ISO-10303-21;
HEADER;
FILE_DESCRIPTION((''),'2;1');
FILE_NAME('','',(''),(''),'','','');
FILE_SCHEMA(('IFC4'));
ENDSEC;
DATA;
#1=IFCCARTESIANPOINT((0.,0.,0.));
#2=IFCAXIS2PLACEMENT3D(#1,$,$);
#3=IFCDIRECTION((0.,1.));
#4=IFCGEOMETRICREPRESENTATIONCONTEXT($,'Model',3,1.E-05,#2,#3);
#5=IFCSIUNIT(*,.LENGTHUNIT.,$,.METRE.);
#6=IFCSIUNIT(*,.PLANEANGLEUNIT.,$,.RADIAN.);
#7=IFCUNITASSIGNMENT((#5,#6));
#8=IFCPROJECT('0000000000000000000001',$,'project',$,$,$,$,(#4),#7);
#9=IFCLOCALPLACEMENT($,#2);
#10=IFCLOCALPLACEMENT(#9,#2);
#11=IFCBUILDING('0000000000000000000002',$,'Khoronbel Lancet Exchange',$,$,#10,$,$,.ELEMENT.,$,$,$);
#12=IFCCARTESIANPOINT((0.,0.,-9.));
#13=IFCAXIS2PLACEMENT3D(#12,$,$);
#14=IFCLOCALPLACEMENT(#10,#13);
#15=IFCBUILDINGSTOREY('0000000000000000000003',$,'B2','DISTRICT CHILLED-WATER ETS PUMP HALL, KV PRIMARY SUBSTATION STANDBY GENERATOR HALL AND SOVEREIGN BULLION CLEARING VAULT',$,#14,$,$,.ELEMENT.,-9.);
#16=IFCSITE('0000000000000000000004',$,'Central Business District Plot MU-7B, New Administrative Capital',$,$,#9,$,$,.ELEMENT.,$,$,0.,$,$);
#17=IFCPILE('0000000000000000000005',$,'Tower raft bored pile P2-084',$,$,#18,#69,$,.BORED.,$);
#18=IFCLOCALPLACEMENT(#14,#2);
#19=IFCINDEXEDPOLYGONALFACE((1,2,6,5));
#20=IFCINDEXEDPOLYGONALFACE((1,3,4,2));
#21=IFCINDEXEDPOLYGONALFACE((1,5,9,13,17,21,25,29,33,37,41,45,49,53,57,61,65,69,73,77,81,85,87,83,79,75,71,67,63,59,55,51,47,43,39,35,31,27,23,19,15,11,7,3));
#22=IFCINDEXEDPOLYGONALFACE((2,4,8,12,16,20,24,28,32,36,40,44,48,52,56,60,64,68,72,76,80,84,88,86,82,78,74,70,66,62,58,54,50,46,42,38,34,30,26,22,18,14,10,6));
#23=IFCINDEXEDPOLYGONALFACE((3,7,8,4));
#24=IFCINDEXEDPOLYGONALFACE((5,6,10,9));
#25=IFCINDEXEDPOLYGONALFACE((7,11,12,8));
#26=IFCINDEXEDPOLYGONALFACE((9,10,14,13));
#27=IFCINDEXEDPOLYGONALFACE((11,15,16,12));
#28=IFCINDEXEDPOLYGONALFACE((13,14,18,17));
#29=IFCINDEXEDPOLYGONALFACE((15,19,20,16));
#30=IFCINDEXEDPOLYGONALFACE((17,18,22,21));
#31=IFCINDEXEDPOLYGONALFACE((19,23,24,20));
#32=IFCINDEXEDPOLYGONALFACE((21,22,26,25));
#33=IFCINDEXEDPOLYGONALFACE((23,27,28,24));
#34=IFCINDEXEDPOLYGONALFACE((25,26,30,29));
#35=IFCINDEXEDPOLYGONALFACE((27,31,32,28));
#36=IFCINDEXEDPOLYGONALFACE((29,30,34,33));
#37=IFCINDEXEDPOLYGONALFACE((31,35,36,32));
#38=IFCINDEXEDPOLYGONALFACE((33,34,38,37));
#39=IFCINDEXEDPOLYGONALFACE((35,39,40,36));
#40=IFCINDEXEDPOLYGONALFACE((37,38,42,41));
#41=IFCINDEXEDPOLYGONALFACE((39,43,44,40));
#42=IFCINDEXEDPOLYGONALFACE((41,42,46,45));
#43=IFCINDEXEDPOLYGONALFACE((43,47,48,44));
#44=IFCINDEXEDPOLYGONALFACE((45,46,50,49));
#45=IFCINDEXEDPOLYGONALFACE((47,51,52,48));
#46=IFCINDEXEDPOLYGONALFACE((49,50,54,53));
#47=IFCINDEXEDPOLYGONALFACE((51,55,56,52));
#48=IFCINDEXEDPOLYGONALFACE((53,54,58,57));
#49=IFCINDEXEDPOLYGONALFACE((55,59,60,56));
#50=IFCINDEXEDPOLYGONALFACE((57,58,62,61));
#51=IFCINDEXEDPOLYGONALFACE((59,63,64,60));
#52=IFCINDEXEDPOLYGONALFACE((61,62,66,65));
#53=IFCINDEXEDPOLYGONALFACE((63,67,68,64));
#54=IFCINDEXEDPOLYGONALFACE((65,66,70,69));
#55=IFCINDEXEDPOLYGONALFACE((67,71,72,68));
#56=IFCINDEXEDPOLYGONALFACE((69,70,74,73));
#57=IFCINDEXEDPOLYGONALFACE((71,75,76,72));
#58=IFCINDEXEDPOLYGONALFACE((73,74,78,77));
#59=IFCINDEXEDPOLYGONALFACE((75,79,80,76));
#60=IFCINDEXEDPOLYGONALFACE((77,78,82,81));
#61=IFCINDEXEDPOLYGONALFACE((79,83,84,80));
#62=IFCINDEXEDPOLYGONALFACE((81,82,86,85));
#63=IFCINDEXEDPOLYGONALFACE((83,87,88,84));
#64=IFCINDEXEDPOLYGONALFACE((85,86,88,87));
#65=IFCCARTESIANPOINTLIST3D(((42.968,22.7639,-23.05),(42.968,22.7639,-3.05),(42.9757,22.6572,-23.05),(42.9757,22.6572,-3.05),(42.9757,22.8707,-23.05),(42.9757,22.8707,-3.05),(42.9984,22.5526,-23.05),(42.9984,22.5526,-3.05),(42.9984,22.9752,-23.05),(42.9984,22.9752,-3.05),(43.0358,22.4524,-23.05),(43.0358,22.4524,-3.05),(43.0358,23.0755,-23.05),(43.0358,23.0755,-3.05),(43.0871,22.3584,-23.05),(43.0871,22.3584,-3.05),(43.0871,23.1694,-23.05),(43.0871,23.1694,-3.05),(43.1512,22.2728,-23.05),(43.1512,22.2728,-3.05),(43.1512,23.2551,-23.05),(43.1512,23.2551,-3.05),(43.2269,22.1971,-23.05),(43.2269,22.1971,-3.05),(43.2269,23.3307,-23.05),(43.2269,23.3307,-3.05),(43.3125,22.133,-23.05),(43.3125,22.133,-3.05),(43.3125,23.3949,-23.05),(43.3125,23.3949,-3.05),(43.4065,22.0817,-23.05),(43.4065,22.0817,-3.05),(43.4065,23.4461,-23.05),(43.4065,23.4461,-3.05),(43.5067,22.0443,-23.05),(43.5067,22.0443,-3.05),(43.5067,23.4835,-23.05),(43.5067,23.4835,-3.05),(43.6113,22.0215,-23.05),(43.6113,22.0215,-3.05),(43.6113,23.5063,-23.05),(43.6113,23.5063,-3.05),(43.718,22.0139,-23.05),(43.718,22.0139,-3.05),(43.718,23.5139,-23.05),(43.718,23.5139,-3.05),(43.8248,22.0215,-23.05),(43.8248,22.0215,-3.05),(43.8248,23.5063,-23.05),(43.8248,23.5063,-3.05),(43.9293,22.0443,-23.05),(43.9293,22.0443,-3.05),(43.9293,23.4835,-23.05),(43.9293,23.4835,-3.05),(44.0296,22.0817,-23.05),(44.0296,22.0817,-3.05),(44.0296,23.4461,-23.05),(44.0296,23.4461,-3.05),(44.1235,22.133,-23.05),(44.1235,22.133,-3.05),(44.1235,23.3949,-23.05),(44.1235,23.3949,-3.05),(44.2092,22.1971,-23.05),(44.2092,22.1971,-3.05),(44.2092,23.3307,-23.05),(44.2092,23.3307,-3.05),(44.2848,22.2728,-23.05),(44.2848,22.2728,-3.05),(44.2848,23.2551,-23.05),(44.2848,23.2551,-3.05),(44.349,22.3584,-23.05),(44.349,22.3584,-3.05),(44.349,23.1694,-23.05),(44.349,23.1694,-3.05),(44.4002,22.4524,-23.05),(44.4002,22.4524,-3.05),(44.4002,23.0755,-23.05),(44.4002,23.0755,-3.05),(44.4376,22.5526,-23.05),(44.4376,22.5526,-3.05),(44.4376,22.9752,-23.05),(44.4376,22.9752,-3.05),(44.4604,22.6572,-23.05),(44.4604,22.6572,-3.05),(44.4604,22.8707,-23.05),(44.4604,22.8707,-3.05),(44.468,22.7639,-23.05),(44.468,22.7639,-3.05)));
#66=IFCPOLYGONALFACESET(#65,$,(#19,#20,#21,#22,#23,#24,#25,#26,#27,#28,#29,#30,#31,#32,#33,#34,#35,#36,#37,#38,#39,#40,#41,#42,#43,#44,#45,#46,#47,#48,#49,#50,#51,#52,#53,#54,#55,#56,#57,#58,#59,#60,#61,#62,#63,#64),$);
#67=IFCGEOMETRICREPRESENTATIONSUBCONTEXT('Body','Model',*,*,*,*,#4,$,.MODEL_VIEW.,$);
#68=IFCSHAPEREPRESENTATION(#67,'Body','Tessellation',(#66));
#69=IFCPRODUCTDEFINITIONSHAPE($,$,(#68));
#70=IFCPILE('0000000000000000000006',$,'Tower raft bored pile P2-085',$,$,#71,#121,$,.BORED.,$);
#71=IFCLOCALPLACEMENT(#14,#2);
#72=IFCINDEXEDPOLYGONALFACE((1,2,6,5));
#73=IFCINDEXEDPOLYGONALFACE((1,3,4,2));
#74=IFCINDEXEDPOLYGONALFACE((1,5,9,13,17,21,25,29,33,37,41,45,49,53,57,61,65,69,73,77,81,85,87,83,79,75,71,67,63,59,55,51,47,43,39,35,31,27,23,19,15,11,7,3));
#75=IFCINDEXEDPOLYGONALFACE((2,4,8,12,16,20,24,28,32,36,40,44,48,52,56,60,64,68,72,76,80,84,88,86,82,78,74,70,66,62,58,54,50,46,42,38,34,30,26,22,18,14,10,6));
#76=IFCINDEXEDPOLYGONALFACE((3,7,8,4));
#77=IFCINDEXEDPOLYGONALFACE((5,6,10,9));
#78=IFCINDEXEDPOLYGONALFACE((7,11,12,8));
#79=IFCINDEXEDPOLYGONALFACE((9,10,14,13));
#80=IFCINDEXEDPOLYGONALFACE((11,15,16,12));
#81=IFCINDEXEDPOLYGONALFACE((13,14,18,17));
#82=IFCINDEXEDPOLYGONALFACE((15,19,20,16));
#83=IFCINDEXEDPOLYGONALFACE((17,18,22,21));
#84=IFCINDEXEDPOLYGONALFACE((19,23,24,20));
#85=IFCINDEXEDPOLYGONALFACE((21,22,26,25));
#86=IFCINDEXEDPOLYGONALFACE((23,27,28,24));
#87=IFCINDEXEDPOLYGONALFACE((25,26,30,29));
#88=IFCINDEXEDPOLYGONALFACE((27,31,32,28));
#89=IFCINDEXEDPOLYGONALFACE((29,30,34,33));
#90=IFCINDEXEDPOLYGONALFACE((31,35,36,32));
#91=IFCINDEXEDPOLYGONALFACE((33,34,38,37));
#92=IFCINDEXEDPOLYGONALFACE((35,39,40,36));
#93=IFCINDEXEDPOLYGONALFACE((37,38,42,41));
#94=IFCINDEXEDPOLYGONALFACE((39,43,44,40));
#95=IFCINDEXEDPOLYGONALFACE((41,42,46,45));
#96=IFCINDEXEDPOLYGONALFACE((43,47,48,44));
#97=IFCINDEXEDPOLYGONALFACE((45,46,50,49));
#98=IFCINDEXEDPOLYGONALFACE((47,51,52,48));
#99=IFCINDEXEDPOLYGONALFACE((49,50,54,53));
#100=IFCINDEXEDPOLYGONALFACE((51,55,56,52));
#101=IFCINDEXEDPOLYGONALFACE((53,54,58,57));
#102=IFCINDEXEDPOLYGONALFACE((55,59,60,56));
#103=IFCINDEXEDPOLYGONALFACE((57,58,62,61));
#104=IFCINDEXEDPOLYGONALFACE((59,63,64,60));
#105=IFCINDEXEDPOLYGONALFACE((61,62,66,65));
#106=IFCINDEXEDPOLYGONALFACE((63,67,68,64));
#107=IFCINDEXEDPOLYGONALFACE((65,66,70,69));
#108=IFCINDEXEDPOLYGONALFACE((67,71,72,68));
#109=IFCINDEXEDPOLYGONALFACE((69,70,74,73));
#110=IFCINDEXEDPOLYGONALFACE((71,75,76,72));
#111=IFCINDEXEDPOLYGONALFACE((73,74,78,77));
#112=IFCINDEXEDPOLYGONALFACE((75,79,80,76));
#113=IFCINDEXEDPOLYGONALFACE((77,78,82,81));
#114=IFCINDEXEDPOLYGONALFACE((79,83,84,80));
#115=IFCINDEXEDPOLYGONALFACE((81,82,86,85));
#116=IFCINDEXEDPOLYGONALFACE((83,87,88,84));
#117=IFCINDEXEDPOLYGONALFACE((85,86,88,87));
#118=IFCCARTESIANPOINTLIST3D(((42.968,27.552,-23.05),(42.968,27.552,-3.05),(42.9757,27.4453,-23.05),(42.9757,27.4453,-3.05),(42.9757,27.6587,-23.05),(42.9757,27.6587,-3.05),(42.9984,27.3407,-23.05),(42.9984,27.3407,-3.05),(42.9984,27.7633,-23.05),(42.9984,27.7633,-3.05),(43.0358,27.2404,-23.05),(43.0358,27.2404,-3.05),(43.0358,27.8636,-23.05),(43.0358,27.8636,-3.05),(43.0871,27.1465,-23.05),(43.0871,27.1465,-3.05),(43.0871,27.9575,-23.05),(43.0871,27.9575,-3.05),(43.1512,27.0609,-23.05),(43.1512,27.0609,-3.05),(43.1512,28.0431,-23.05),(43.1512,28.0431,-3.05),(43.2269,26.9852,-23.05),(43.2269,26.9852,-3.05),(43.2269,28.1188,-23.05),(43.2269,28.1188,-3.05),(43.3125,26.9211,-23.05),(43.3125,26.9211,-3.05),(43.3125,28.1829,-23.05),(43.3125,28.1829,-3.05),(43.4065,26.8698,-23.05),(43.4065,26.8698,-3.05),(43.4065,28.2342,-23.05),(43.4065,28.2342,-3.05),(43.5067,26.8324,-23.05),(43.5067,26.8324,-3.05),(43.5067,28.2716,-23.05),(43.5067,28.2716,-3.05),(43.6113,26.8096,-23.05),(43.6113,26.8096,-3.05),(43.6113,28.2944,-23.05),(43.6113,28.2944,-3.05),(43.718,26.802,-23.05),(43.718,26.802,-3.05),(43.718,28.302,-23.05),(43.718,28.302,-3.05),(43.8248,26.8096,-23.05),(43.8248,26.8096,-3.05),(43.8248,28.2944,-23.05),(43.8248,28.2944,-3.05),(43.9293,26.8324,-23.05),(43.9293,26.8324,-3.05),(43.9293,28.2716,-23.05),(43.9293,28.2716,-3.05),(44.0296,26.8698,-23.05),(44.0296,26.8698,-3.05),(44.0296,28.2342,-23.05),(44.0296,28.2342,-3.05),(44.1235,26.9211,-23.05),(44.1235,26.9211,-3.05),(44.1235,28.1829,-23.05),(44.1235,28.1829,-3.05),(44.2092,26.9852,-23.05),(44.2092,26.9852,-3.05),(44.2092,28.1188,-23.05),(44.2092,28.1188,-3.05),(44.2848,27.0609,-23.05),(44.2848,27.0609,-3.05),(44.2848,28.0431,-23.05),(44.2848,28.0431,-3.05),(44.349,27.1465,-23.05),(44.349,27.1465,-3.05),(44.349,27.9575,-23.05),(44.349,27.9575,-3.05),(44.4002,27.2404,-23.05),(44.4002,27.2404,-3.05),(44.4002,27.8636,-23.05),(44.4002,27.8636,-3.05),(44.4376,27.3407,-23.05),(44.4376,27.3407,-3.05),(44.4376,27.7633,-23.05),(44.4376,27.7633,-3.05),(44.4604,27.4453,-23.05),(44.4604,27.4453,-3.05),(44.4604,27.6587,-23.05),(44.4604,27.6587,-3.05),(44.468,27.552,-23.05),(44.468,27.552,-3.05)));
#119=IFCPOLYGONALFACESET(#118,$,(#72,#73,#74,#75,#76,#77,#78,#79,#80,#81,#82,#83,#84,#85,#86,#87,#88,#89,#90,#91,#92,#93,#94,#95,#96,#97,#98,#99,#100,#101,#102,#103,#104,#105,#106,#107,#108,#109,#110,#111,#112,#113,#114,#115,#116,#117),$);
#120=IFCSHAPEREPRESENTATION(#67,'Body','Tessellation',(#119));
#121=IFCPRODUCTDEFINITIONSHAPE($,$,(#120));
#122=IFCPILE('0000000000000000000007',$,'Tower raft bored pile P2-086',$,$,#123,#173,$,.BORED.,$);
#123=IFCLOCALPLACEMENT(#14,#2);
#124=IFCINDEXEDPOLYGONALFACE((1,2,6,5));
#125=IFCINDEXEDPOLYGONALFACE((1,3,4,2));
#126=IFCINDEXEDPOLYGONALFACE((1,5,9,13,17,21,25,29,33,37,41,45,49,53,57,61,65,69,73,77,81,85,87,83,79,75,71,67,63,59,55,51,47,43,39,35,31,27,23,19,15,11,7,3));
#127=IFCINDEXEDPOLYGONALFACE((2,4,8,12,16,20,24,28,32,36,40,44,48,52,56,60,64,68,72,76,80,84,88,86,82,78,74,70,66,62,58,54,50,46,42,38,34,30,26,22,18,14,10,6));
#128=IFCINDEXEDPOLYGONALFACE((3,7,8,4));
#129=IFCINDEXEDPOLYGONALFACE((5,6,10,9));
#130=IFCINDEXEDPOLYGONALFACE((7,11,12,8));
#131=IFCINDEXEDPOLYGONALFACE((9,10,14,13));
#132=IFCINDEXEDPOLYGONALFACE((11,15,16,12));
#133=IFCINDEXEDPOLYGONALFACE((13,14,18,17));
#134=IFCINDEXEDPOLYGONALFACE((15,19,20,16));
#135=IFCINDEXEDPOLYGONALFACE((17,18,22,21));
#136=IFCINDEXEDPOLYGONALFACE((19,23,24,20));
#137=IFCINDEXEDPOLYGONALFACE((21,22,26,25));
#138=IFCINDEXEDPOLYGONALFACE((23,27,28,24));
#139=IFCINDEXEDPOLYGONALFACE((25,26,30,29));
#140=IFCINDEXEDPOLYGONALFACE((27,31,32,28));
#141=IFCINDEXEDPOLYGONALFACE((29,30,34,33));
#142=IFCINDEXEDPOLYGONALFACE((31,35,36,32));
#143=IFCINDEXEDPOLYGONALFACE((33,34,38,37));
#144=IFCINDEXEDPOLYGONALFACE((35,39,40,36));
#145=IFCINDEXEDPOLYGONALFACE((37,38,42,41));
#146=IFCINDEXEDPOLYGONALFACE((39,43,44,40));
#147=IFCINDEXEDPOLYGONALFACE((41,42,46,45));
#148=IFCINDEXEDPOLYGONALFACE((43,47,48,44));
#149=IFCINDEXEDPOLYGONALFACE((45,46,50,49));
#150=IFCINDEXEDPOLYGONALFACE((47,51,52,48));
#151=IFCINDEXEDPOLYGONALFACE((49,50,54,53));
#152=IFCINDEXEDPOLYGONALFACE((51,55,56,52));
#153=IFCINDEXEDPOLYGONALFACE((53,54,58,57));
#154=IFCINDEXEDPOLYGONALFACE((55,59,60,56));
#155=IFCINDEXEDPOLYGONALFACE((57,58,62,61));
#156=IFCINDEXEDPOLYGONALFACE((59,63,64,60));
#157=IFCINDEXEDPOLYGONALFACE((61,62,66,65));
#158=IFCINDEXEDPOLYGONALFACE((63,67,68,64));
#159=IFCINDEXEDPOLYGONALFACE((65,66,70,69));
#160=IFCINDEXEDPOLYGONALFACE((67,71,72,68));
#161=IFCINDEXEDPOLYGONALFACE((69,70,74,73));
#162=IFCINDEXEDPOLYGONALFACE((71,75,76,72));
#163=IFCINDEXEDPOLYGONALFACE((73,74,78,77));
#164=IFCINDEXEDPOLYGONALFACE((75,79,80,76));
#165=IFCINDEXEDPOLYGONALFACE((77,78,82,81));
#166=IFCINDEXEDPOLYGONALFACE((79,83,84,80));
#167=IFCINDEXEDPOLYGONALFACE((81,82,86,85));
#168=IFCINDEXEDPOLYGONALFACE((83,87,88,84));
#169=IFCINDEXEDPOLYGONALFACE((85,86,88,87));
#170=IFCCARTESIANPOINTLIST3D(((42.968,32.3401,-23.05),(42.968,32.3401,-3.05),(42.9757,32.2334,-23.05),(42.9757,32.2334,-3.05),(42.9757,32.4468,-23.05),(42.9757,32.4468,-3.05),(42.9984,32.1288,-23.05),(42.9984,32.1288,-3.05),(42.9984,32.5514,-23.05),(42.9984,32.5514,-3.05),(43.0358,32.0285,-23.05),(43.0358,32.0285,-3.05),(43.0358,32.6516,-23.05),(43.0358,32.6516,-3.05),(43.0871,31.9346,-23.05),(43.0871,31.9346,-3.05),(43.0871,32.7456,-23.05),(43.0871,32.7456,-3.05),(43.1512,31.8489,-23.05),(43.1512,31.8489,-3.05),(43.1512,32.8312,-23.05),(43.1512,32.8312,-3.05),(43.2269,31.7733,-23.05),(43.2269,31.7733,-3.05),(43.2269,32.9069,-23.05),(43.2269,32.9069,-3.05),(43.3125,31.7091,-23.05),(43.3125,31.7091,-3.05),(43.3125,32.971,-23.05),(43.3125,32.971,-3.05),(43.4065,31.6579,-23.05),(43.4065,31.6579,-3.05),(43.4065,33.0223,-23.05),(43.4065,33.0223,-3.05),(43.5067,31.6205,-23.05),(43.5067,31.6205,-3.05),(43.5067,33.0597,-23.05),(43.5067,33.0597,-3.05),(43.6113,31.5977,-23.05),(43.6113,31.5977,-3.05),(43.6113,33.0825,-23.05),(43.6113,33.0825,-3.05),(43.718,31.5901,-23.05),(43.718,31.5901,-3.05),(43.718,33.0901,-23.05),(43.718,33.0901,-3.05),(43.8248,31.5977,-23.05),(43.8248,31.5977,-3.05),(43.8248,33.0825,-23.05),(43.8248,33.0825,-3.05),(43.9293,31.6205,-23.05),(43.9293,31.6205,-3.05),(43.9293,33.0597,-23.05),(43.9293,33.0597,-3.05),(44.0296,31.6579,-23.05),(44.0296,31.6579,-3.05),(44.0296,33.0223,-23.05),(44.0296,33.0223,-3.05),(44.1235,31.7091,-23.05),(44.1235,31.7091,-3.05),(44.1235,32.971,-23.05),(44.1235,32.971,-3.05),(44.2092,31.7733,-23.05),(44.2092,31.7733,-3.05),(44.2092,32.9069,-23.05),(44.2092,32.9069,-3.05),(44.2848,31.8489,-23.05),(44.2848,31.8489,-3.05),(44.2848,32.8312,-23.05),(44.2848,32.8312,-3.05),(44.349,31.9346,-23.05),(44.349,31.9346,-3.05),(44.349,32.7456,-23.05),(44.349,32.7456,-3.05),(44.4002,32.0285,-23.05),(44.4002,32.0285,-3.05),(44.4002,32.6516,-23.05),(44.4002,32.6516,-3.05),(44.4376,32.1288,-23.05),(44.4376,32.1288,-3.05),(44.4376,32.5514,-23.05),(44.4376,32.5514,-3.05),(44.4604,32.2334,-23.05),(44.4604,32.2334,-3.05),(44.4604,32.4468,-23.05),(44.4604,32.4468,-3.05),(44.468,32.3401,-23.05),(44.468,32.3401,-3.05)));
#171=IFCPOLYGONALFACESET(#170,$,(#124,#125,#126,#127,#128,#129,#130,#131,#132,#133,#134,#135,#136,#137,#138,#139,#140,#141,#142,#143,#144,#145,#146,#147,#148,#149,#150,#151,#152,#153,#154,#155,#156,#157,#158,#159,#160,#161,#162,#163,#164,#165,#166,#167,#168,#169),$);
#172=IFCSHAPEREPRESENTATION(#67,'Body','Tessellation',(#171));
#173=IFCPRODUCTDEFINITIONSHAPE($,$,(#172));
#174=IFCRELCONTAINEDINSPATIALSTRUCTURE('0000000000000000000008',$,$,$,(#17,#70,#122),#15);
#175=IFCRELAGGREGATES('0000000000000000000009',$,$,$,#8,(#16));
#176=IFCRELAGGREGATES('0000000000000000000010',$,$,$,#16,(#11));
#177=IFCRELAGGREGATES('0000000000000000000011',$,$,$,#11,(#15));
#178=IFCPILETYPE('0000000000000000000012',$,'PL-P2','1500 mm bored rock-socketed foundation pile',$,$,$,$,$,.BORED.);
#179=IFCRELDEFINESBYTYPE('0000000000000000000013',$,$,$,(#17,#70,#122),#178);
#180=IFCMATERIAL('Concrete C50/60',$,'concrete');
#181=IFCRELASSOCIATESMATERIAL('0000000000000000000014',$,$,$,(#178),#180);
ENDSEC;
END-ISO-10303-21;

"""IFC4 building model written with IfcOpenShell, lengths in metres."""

from ifc_helpers import new_model, si_unit, direction, frame, origin, origin_2d, place, context, subcontext, project, spatial, circle, extrude, material, material_profile, profile_set, type_object, element, save


model = new_model("IFC4")

# Units and contexts
model_context = context("Model", 3, precision=1e-05, world=origin(), true_north=direction((0.0, 1.0)))
body_context = subcontext(model_context, "Body", "Model", "MODEL_VIEW")
ifc_project = project(units=[si_unit("LENGTHUNIT", "METRE"), si_unit("PLANEANGLEUNIT", "RADIAN")], contexts=[model_context])

# Site, building, storey
site_placement = place(None, origin())
site = spatial("IfcSite", under=ifc_project, at=site_placement, Name="Central Business District Plot MU-7B, New Administrative Capital", CompositionType="ELEMENT", RefElevation=0.0)
building_placement = place(site_placement, origin())
building = spatial("IfcBuilding", under=site, at=building_placement, Name="Khoronbel Lancet Exchange", CompositionType="ELEMENT")
storey_placement = place(building_placement, frame((0.0, 0.0, -9.0)))
storey = spatial("IfcBuildingStorey", under=building, at=storey_placement, Name="B2", Description="DISTRICT CHILLED-WATER ETS PUMP HALL, KV PRIMARY SUBSTATION STANDBY GENERATOR HALL AND SOVEREIGN BULLION CLEARING VAULT", CompositionType="ELEMENT", Elevation=-9.0)

# Piles
ifc_material = material(Name="Concrete C50/60", Category="concrete")
ifc_material_profile = material_profile(ifc_material, circle(Radius=0.75, at=origin_2d()), Name="BORED PILE D1500")
ifc_profile_set = profile_set([ifc_material_profile], Name="Concrete C50/60")
pile_type = type_object("IfcPileType", Name="PL-P2", Description="1500 mm bored rock-socketed foundation pile", PredefinedType="BORED", material=ifc_profile_set)
for number, where, z_axis, x_axis, name in (
    (1, (43.718, 22.7639, -3.05), (0.0, 0.0, -1.0), (1.0, 0.0, 0.0), "Tower raft bored pile P2-084"),
    (2, (43.718, 27.552, -3.05), (0.0, 0.0, -1.0), (1.0, 0.0, 0.0), "Tower raft bored pile P2-085"),
    (3, (43.718, 32.3401, -3.05), (0.0, 0.0, -1.0), (1.0, 0.0, 0.0), "Tower raft bored pile P2-086"),
):
    element("IfcPile", number, at=place(storey_placement, frame(where, z_axis=z_axis, x_axis=x_axis)), inside=storey, type_object=pile_type, Name=name, PredefinedType="BORED", context=body_context, shape_type="SweptSolid", body=[
        extrude(circle(Radius=0.75, at=origin_2d()), origin(), (0.0, 0.0, 1.0), 20.0),
    ])

save(model, "model.ifc")
